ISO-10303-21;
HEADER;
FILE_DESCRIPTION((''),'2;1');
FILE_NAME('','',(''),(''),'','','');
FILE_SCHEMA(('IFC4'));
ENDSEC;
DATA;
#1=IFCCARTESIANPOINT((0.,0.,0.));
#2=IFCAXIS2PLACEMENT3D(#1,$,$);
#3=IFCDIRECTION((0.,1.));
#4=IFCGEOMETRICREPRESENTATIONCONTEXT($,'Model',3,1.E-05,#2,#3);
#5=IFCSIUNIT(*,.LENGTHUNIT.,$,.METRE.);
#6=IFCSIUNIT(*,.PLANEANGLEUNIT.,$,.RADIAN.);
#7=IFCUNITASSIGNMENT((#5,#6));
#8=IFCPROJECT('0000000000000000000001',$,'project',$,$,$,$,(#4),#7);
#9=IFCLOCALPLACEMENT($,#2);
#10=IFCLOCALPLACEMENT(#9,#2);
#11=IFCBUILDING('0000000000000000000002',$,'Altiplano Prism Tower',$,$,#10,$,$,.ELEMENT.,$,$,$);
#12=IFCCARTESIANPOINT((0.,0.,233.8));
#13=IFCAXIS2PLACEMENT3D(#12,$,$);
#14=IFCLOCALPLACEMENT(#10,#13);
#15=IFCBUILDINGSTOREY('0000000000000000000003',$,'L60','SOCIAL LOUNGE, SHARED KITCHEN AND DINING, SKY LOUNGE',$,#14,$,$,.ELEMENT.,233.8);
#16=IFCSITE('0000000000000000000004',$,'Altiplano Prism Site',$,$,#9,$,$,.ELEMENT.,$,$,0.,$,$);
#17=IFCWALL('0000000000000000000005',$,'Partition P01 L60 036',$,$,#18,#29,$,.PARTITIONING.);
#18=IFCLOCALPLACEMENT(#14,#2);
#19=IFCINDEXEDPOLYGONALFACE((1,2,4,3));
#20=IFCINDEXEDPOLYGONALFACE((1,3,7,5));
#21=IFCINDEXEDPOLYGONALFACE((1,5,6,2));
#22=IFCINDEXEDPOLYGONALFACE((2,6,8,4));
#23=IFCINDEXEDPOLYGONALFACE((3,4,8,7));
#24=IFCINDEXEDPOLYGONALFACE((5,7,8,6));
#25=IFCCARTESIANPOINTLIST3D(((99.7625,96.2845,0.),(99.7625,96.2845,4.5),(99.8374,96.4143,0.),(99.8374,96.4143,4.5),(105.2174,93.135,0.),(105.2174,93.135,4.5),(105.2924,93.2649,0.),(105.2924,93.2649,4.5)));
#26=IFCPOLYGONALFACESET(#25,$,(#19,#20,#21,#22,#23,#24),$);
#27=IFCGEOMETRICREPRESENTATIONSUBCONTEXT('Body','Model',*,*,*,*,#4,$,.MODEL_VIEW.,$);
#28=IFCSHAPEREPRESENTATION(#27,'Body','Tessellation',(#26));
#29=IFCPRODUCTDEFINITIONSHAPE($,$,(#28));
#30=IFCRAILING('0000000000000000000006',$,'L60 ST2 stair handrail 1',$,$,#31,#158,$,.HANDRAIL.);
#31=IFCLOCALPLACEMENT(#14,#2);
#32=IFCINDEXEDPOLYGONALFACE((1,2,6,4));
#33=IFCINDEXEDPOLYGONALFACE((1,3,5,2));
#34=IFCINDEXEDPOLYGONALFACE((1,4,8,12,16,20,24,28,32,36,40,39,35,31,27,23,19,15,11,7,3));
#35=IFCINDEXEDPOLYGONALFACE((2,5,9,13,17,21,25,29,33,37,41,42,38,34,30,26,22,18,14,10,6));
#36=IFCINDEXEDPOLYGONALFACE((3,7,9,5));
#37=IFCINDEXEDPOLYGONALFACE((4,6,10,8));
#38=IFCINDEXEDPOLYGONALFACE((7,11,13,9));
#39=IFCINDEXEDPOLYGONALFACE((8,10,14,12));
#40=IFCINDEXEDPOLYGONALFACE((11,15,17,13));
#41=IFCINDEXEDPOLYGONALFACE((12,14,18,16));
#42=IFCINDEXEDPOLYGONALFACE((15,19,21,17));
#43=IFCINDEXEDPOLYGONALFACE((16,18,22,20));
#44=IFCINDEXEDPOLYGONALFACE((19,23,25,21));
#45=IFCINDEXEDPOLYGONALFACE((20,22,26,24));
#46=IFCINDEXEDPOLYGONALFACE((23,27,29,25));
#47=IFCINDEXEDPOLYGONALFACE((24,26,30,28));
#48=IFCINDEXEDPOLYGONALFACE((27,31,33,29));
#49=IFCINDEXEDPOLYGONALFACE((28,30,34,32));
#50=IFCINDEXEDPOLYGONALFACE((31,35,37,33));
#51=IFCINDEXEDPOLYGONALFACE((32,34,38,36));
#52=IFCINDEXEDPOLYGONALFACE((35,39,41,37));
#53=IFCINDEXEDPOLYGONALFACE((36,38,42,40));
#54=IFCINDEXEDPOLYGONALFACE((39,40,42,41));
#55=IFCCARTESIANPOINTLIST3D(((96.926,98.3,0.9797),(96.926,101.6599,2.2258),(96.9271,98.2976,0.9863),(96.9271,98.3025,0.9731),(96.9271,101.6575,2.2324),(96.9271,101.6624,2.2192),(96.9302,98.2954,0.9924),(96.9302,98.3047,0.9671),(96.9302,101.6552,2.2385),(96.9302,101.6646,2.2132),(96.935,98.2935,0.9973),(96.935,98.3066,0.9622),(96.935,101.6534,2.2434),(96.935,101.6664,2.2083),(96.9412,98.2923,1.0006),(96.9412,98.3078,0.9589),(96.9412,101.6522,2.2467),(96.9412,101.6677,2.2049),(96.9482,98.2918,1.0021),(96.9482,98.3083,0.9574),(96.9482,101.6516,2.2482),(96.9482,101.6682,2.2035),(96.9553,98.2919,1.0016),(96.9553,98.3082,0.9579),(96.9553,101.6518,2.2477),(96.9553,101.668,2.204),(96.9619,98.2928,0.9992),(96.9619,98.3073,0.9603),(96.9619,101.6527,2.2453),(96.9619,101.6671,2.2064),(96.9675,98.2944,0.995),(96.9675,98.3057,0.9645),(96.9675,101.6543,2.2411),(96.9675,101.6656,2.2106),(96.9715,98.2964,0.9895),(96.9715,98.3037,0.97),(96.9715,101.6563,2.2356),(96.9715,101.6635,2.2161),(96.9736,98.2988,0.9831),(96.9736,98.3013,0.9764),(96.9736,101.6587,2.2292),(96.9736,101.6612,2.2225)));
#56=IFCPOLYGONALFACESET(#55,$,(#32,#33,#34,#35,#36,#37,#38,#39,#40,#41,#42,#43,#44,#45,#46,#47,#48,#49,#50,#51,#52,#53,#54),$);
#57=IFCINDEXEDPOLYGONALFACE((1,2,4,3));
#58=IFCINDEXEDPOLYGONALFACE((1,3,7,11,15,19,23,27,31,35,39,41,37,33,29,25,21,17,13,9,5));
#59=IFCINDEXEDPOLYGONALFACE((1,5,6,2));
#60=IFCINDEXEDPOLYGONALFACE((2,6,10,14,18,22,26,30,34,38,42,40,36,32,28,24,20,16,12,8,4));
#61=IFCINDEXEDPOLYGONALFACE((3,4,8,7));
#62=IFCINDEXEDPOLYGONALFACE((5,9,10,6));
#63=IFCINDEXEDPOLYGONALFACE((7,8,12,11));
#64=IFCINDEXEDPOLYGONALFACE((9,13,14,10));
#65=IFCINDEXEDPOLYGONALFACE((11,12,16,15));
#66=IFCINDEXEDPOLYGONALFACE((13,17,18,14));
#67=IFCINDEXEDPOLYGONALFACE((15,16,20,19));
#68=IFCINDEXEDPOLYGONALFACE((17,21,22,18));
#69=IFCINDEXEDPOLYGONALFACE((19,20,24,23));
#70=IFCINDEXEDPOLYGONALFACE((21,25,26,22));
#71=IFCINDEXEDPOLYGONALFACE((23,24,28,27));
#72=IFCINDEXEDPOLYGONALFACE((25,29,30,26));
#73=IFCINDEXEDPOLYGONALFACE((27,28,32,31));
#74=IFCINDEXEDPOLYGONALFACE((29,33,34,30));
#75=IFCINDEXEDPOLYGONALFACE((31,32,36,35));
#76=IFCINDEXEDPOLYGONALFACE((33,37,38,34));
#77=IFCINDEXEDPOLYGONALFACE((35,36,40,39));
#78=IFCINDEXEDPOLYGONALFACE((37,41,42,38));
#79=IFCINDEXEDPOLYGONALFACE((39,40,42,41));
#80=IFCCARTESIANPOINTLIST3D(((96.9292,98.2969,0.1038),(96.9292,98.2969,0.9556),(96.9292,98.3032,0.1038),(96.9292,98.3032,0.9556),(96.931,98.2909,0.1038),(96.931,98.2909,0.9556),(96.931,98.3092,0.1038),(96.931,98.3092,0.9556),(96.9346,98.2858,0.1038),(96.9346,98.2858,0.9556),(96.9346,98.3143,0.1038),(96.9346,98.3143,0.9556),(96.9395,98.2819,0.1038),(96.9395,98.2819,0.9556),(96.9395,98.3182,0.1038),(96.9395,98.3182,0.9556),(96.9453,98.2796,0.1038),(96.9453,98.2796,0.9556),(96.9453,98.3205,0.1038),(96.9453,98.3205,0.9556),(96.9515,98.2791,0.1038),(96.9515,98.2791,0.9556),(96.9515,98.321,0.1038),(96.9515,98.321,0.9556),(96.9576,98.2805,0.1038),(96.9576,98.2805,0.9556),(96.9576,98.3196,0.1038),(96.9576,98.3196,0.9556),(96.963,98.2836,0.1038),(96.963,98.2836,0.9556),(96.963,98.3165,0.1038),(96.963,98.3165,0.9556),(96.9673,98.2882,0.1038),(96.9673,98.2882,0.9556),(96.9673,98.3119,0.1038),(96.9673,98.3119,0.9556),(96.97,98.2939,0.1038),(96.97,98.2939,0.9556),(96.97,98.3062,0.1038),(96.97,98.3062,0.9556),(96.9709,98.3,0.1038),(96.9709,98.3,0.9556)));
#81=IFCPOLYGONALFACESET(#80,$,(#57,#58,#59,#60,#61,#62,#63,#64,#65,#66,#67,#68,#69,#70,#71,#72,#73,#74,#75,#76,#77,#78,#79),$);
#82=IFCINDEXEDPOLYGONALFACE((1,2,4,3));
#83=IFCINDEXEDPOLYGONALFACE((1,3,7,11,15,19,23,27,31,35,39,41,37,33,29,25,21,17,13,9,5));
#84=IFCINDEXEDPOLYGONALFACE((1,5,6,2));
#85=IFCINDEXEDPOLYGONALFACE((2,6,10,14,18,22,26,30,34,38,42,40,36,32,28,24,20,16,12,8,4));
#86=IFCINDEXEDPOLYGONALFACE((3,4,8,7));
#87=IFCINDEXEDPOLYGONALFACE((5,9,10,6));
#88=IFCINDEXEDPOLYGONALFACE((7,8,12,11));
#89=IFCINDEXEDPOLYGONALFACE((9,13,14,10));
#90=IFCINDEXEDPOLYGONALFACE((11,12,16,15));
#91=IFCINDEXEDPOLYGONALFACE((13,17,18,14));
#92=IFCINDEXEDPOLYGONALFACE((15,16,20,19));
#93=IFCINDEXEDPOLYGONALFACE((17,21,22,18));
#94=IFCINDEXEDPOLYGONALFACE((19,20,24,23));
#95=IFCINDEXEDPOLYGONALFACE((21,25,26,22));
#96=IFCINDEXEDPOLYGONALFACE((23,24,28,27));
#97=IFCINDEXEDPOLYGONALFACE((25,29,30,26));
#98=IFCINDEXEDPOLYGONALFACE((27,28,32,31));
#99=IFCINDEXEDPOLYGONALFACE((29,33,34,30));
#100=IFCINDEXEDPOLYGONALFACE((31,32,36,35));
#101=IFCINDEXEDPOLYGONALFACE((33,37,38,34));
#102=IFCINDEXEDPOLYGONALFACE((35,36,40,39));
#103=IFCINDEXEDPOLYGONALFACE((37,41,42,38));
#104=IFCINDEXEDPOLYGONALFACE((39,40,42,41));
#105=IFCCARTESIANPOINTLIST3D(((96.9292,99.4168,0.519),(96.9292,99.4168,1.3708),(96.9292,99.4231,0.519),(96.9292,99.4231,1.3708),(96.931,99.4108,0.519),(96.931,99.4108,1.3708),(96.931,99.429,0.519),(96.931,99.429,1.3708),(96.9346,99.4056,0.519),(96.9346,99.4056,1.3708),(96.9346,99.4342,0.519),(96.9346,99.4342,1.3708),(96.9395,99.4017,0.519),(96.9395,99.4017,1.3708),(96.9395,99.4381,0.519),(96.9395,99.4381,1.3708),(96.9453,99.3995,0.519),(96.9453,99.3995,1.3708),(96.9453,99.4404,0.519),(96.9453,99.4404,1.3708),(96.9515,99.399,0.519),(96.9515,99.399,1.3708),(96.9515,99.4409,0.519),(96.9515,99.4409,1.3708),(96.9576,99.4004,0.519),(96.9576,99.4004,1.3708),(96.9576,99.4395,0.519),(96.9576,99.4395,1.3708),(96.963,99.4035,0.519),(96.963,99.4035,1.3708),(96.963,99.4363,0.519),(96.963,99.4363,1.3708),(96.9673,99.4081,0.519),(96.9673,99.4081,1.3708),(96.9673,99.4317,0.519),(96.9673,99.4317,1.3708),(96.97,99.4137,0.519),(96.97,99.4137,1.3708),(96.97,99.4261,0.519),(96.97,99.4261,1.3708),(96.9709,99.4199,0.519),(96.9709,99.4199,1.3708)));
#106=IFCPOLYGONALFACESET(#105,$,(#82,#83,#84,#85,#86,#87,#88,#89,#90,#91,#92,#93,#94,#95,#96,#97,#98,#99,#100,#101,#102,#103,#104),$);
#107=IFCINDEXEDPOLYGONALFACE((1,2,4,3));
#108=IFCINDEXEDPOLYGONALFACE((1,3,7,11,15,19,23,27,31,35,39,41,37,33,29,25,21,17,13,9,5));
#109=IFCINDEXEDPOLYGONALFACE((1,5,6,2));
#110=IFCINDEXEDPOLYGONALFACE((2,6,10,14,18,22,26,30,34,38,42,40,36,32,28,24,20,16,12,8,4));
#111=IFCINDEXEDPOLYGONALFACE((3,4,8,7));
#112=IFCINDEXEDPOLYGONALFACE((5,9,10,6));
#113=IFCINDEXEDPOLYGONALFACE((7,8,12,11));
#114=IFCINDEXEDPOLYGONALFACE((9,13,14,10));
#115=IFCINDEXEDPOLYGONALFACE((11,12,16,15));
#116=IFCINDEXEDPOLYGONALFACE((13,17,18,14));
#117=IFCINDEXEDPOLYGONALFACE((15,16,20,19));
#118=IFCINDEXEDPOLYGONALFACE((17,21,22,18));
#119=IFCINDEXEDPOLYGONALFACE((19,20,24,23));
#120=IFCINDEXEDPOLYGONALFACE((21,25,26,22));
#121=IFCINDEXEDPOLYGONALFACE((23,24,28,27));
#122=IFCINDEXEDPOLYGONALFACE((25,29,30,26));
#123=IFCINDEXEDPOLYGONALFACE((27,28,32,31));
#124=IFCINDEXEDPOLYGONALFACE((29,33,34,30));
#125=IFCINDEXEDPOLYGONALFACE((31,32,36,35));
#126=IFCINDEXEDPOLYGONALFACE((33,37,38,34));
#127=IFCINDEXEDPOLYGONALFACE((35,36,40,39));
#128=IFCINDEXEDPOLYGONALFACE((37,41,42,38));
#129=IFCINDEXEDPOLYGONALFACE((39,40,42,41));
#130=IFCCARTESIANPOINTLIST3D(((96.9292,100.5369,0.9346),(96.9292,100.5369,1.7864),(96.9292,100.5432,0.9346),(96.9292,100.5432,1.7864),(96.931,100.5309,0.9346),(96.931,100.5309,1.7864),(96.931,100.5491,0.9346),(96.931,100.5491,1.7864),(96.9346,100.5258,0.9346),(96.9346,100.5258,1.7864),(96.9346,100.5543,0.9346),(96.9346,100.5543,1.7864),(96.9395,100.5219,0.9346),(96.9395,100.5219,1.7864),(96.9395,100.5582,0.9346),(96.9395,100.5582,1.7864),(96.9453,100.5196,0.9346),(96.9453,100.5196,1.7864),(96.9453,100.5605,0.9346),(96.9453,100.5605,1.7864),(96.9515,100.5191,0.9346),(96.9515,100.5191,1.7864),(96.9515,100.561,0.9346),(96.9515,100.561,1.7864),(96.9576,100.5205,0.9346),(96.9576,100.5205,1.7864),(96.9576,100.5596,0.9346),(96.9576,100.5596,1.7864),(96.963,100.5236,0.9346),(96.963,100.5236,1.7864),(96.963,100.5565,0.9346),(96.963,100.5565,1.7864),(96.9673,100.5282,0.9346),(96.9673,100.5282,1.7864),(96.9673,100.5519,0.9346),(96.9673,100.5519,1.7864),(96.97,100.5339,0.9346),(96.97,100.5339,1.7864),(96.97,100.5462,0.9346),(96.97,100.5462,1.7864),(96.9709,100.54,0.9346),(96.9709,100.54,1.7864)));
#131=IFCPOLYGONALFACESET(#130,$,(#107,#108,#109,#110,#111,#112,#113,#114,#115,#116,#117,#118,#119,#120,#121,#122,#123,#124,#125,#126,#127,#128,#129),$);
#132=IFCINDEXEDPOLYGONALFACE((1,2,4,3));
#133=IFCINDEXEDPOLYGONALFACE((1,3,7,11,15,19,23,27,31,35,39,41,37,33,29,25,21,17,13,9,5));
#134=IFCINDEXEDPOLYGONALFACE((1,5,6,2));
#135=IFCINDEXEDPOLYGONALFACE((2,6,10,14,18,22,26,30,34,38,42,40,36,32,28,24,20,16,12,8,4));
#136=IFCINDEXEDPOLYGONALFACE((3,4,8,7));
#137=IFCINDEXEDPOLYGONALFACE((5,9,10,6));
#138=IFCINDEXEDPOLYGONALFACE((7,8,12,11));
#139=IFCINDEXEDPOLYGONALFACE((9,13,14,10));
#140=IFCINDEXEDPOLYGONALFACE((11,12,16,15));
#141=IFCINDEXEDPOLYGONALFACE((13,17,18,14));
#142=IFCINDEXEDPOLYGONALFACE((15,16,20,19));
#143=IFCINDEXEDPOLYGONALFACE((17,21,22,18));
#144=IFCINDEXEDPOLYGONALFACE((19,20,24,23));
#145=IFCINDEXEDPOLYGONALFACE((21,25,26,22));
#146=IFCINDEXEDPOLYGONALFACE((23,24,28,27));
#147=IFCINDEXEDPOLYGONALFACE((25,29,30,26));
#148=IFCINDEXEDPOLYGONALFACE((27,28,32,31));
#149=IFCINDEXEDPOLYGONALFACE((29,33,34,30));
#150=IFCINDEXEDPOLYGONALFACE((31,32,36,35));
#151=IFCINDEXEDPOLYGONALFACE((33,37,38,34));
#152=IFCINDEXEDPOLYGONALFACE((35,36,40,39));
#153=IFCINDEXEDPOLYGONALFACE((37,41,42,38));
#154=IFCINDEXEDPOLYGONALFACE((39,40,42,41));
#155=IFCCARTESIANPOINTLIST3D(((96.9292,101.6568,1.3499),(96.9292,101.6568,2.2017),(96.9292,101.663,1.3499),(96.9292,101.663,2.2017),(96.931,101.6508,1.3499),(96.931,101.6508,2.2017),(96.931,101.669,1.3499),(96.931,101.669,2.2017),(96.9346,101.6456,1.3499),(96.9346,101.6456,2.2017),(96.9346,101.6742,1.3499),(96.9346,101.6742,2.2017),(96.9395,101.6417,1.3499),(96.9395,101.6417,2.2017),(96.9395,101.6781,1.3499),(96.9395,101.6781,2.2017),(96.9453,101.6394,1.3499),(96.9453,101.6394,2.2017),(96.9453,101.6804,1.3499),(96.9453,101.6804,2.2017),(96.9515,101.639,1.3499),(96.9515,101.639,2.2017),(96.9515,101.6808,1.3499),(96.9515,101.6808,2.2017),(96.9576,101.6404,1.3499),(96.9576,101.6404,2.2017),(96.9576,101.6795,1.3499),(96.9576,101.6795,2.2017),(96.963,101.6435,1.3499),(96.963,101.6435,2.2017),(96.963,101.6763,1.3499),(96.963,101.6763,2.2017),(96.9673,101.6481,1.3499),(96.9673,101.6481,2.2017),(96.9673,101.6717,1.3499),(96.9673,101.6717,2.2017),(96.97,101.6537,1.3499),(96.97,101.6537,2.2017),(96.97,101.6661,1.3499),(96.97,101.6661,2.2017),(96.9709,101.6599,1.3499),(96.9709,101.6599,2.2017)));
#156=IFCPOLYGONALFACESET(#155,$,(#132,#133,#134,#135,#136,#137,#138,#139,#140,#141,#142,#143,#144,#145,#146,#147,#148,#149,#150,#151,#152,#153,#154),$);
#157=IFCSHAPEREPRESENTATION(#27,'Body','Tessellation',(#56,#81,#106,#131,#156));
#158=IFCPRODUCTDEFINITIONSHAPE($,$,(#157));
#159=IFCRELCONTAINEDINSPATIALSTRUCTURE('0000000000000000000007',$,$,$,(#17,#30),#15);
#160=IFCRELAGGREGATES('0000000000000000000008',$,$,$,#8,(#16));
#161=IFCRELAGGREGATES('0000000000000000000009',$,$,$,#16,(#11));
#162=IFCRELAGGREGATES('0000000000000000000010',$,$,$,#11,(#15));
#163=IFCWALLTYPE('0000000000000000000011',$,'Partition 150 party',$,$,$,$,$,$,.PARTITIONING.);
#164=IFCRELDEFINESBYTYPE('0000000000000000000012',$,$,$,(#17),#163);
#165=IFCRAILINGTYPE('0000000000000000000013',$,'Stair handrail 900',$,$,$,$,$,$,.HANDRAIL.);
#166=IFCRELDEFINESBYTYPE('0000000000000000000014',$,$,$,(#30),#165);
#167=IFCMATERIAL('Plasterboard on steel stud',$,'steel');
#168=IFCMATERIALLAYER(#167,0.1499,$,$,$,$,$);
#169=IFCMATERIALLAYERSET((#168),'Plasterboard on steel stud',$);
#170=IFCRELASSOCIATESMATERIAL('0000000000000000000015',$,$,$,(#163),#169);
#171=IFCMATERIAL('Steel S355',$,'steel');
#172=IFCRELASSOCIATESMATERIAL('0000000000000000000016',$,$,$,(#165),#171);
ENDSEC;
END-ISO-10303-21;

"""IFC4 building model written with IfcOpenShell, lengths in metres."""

from ifc_helpers import new_model, si_unit, direction, frame, frame_2d, origin, origin_2d, place, context, subcontext, project, spatial, rectangle, circle, extrude, material, layer, layer_set, type_object, element, save


model = new_model("IFC4")

# Units and contexts
model_context = context("Model", 3, precision=1e-05, world=origin(), true_north=direction((0.0, 1.0)))
body_context = subcontext(model_context, "Body", "Model", "MODEL_VIEW")
ifc_project = project(units=[si_unit("LENGTHUNIT", "METRE"), si_unit("PLANEANGLEUNIT", "RADIAN")], contexts=[model_context])

# Site, building, storey
site_placement = place(None, origin())
site = spatial("IfcSite", under=ifc_project, at=site_placement, Name="Altiplano Prism Site", CompositionType="ELEMENT", RefElevation=0.0)
building_placement = place(site_placement, origin())
building = spatial("IfcBuilding", under=site, at=building_placement, Name="Altiplano Prism Tower", CompositionType="ELEMENT")
storey_placement = place(building_placement, frame((0.0, 0.0, 233.8)))
storey = spatial("IfcBuildingStorey", under=building, at=storey_placement, Name="L60", Description="SOCIAL LOUNGE, SHARED KITCHEN AND DINING, SKY LOUNGE", CompositionType="ELEMENT", Elevation=233.8)

# Shared definitions
ifc_material_1 = material(Name="Plasterboard on steel stud", Category="steel")

# Wall
ifc_layer_1 = layer(ifc_material_1, 0.1499)
ifc_layer_set_1 = layer_set([ifc_layer_1], Name="Plasterboard on steel stud")
wall_type_1 = type_object("IfcWallType", Name="Partition 150 party", PredefinedType="PARTITIONING", material=ifc_layer_set_1)
wall_1_placement = place(storey_placement, frame((105.2549, 93.2, 0.0), z_axis=(0.0, 0.0, 1.0), x_axis=(-0.866021, 0.500008, 0.0)))
element("IfcWall", 1, at=wall_1_placement, inside=storey, type_object=wall_type_1, Name="Partition P01 L60 036", PredefinedType="PARTITIONING", context=body_context, shape_type="SweptSolid", body=[
    extrude(rectangle(XDim=6.2988, YDim=0.1499, at=frame_2d((3.1494, 0.0))), origin(), (0.0, 0.0, 1.0), 4.5),
])

# Railing
ifc_material_2 = material(Name="Steel S355", Category="steel")
railing_type = type_object("IfcRailingType", Name="Stair handrail 900", PredefinedType="HANDRAIL", material=ifc_material_2)
railing_1_placement = place(storey_placement, frame((96.95, 98.3, 0.1038)))
element("IfcRailing", 2, at=railing_1_placement, inside=storey, type_object=railing_type, Name="L60 ST2 stair handrail 1", PredefinedType="HANDRAIL", context=body_context, shape_type="SweptSolid", body=[
    extrude(circle(Radius=0.0239, at=origin_2d()), frame((0.0, 0.0, 0.876), z_axis=(0.0, 0.937594, 0.347731), x_axis=(-1.0, 0.0, 0.0)), (0.0, 0.0, 1.0), 3.5835),
    extrude(circle(Radius=0.021, at=origin_2d()), origin(), (0.0, 0.0, 1.0), 0.8518),
    extrude(circle(Radius=0.021, at=origin_2d()), frame((0.0, 1.1199, 0.4153)), (0.0, 0.0, 1.0), 0.8518),
    extrude(circle(Radius=0.021, at=origin_2d()), frame((0.0, 2.24, 0.8308)), (0.0, 0.0, 1.0), 0.8518),
    extrude(circle(Radius=0.021, at=origin_2d()), frame((0.0, 3.3599, 1.2461)), (0.0, 0.0, 1.0), 0.8518),
])

save(model, "model.ifc")
